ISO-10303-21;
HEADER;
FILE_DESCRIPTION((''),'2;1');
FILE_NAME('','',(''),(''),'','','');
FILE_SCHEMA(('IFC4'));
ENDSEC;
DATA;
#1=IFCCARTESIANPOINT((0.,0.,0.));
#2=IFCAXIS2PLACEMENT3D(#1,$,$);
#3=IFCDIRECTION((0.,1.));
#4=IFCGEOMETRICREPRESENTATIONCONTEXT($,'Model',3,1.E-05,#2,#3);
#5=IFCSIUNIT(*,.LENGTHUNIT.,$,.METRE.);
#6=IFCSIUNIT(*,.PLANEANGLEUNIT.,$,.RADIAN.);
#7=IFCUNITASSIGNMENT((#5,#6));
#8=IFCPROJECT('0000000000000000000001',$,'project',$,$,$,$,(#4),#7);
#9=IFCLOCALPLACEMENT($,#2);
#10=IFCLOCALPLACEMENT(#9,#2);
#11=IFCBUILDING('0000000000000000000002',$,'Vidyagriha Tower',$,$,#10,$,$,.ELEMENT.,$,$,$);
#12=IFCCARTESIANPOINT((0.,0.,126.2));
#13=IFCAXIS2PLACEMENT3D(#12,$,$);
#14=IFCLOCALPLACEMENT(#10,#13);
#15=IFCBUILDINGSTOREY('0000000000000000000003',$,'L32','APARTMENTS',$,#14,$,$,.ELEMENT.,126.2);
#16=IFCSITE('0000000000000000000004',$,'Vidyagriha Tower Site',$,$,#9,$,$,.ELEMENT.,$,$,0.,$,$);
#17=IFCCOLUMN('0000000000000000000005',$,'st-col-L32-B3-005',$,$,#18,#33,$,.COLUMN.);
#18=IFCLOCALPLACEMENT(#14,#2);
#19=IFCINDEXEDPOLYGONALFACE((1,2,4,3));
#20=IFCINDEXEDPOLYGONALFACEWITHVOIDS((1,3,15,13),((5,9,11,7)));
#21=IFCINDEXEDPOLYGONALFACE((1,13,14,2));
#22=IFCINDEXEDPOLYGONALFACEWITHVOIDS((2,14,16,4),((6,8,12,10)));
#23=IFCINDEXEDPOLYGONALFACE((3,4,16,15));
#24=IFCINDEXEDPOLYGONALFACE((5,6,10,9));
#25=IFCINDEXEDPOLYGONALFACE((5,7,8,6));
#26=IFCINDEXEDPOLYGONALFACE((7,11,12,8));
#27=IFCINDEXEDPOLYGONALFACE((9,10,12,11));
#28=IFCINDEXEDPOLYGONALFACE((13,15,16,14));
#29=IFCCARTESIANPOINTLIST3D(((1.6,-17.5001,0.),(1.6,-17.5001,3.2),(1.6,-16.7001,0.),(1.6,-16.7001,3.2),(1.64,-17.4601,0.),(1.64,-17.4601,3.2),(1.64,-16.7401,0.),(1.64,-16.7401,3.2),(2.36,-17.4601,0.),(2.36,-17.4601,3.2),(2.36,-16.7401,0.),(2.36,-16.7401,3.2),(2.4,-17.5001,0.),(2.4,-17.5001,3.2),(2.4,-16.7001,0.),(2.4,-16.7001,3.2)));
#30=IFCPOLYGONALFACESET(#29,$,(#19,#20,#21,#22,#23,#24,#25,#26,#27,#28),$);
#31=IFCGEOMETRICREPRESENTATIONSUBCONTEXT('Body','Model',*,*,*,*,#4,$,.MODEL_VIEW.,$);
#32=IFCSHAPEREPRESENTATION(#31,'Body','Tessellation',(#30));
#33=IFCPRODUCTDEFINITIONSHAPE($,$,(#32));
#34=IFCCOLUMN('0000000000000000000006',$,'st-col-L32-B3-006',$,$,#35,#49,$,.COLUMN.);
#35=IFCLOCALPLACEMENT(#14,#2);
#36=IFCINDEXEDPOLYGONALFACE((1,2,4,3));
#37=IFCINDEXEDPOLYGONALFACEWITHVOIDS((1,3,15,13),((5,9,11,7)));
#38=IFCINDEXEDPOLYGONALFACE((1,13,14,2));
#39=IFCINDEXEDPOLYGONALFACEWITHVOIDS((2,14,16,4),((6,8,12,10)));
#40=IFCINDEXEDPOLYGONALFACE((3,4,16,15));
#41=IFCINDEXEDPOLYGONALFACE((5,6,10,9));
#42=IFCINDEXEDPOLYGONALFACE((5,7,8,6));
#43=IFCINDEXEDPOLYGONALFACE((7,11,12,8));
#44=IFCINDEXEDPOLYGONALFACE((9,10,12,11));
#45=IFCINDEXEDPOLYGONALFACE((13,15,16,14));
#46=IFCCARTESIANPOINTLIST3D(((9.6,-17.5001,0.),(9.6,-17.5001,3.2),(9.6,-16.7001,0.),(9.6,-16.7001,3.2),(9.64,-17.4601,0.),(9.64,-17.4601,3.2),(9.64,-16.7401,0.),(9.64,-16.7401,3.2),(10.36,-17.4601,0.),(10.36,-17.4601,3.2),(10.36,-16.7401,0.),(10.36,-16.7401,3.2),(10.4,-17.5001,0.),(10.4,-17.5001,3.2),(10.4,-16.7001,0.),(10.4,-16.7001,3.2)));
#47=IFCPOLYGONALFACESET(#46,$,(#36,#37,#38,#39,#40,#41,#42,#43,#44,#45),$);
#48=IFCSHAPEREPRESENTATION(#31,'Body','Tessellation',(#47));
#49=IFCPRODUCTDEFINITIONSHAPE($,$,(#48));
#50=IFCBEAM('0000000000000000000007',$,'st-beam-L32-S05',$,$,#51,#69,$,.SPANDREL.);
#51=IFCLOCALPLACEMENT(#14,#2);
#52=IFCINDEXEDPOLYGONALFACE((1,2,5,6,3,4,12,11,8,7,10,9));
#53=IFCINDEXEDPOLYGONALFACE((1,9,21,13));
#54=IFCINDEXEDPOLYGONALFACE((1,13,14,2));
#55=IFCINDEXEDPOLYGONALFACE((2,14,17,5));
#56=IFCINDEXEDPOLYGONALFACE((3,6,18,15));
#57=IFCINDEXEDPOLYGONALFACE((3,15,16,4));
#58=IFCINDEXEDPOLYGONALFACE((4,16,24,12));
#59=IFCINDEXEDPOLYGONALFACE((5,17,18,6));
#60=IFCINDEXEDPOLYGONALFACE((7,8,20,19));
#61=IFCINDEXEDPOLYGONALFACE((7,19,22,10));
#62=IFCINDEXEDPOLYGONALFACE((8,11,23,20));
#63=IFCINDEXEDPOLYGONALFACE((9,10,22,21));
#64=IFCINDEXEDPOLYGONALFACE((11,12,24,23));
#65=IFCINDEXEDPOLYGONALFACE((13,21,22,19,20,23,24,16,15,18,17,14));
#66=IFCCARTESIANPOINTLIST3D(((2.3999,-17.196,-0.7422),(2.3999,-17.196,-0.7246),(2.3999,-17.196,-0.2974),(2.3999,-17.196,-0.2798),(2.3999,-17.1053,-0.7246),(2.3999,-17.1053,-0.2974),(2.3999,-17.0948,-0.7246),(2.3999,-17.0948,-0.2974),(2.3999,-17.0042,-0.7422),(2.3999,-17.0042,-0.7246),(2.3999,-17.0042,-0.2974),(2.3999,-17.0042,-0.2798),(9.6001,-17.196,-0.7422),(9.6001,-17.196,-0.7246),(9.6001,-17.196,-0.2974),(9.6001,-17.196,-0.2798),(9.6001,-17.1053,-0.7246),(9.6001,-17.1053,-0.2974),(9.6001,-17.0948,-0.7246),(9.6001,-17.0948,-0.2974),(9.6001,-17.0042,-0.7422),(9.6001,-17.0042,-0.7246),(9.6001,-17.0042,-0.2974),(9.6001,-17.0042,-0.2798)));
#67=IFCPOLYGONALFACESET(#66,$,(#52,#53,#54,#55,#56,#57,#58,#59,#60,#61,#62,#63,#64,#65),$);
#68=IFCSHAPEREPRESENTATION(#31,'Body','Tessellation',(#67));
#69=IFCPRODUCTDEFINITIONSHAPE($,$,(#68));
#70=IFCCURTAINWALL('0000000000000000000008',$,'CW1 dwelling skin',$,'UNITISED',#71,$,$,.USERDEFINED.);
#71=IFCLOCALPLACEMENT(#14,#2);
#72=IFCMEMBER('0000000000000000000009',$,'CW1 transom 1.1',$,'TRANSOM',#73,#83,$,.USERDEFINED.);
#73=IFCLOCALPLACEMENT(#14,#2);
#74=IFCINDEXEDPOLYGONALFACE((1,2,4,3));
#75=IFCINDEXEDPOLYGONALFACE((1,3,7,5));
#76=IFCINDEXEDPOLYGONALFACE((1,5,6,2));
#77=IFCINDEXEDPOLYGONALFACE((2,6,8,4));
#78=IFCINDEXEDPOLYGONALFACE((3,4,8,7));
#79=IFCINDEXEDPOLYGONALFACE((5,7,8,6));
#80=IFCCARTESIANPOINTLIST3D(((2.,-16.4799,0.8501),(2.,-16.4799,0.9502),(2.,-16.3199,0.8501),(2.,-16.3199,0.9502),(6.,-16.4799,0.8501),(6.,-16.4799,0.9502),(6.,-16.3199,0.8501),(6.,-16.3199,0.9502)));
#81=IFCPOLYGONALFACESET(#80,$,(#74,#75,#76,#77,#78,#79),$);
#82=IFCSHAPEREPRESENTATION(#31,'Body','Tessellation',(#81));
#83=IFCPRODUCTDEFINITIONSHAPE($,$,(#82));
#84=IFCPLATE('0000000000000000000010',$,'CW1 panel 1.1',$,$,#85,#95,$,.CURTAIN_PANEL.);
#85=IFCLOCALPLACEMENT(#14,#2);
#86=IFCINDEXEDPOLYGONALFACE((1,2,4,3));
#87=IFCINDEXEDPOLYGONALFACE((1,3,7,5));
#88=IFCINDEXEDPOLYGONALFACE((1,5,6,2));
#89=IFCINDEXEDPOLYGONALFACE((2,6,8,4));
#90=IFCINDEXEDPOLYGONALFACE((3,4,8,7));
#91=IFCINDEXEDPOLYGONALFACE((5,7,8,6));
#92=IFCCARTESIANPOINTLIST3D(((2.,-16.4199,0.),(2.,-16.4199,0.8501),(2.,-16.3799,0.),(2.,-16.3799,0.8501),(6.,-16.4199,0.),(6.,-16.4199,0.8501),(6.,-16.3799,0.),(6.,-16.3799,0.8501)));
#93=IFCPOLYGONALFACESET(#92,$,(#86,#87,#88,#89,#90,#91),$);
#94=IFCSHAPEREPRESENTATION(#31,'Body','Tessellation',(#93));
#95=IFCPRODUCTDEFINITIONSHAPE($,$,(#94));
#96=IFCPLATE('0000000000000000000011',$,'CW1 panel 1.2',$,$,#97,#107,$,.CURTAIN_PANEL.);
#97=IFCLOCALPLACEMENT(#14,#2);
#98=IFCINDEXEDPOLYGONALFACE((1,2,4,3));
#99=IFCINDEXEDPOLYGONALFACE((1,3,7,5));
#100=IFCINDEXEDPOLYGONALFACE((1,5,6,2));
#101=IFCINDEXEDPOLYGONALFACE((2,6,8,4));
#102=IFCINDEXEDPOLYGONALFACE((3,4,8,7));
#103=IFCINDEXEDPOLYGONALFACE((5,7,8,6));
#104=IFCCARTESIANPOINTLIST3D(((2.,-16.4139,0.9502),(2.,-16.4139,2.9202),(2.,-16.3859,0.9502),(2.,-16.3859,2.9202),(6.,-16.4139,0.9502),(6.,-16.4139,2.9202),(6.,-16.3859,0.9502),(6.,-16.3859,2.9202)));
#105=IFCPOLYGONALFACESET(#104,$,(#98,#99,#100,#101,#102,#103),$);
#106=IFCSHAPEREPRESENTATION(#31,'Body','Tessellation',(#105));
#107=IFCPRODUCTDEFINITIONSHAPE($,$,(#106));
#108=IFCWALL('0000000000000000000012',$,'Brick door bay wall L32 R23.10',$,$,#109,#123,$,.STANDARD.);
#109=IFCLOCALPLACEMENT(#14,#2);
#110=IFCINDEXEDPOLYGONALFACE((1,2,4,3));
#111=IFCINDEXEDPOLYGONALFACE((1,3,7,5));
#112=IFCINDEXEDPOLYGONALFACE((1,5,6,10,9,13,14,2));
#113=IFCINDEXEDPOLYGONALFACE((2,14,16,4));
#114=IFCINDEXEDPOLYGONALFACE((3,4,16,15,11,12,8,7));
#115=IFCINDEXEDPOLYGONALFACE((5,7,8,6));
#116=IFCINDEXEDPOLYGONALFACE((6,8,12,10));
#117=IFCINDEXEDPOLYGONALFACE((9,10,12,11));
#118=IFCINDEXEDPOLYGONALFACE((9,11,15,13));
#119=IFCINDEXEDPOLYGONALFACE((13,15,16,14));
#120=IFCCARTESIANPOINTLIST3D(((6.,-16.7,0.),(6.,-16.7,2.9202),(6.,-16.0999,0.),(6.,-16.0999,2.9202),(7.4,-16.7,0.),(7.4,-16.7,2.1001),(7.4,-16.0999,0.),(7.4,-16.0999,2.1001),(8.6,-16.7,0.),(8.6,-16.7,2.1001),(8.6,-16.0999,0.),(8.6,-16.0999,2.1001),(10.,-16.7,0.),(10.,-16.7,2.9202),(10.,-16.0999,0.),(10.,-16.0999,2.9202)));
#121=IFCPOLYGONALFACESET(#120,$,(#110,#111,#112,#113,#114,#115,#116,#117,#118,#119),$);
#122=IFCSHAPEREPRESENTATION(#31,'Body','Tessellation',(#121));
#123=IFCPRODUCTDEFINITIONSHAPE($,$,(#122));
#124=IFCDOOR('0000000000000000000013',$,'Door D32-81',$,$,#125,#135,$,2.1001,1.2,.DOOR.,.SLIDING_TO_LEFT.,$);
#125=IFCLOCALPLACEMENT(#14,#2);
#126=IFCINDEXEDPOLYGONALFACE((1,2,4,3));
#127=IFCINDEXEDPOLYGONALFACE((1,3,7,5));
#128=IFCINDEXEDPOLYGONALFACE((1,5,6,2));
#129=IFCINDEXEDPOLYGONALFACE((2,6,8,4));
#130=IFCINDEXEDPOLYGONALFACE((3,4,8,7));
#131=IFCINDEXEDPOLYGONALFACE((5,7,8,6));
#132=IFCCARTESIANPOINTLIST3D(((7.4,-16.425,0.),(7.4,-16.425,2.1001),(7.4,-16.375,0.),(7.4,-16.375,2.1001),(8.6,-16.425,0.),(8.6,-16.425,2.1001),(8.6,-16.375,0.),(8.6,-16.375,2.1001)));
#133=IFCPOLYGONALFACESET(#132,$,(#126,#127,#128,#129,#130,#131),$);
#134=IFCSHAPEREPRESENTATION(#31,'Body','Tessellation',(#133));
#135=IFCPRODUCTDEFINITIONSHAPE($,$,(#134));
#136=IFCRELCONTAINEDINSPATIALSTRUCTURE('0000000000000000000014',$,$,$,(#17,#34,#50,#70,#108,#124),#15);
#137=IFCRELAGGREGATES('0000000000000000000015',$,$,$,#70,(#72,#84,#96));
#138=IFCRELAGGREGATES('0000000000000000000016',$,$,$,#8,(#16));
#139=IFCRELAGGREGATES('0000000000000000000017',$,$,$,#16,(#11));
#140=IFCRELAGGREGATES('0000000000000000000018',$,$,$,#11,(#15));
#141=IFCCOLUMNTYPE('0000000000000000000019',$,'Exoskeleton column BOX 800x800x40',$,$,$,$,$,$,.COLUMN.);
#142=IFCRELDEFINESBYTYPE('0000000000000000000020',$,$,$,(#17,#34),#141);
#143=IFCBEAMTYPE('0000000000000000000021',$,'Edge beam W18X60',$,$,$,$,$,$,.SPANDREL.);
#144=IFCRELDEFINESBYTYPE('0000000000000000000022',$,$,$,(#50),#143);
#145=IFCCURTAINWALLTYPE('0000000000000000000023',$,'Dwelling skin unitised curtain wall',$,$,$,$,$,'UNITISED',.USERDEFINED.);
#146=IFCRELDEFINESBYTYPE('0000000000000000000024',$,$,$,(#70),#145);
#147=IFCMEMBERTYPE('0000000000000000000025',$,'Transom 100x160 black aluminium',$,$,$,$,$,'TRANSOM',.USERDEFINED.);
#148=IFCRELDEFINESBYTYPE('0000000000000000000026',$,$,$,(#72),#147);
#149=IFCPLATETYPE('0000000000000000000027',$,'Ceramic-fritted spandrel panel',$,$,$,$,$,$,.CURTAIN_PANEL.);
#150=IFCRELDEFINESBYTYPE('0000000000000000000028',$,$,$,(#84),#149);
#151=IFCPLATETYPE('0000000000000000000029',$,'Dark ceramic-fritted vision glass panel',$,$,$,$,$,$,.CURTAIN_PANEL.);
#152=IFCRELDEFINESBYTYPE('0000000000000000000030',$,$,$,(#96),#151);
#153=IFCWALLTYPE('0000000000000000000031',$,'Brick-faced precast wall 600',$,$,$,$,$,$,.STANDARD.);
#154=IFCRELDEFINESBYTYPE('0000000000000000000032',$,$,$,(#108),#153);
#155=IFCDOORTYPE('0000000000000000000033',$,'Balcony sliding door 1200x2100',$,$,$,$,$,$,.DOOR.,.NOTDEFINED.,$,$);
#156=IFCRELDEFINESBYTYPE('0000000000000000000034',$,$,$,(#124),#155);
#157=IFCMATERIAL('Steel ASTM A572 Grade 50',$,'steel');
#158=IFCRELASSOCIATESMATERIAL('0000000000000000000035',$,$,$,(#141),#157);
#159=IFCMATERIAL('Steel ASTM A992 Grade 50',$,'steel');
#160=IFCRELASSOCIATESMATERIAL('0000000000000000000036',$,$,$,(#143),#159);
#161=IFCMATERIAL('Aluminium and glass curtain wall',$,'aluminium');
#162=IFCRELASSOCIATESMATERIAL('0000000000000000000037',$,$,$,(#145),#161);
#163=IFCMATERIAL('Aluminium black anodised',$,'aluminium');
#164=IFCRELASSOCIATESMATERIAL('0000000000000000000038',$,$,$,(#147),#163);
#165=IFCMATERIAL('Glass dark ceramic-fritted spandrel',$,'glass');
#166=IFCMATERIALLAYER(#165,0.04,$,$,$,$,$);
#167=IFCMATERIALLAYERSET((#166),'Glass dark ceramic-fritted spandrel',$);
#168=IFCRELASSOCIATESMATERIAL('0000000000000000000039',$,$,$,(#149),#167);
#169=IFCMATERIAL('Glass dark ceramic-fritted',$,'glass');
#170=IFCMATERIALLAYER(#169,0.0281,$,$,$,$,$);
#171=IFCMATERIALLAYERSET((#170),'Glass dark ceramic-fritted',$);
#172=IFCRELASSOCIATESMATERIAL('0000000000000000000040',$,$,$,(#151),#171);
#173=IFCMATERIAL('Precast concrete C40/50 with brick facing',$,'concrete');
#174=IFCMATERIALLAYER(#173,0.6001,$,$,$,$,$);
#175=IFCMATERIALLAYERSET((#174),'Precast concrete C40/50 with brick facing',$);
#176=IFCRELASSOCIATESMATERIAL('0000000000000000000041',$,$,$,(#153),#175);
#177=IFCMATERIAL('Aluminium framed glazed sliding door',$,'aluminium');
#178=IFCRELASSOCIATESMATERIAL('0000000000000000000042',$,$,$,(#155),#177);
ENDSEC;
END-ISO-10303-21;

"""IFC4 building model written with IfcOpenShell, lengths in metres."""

from ifc_helpers import new_model, si_unit, direction, frame, frame_2d, origin, origin_2d, place, context, subcontext, project, spatial, rectangle, hollow_rectangle, i_section, extrude, material, layer, layer_set, material_profile, profile_set, type_object, element, fill, aggregate, save


model = new_model("IFC4")

# Units and contexts
model_context = context("Model", 3, precision=1e-05, world=origin(), true_north=direction((0.0, 1.0)))
body_context = subcontext(model_context, "Body", "Model", "MODEL_VIEW")
ifc_project = project(units=[si_unit("LENGTHUNIT", "METRE"), si_unit("PLANEANGLEUNIT", "RADIAN")], contexts=[model_context])

# Site, building, storey
site_placement = place(None, origin())
site = spatial("IfcSite", under=ifc_project, at=site_placement, Name="Vidyagriha Tower Site", CompositionType="ELEMENT", RefElevation=0.0)
building_placement = place(site_placement, origin())
building = spatial("IfcBuilding", under=site, at=building_placement, Name="Vidyagriha Tower", CompositionType="ELEMENT")
storey_placement = place(building_placement, frame((0.0, 0.0, 126.2)))
storey = spatial("IfcBuildingStorey", under=building, at=storey_placement, Name="L32", Description="APARTMENTS", CompositionType="ELEMENT", Elevation=126.2)

# Columns
ifc_material_1 = material(Name="Steel ASTM A572 Grade 50", Category="steel")
ifc_material_profile_1 = material_profile(ifc_material_1, hollow_rectangle(XDim=0.8, YDim=0.8, WallThickness=0.04, at=origin_2d()), Name="BOX 800x800x40")
ifc_profile_set_1 = profile_set([ifc_material_profile_1], Name="Steel ASTM A572 Grade 50")
column_type = type_object("IfcColumnType", Name="Exoskeleton column BOX 800x800x40", PredefinedType="COLUMN", material=ifc_profile_set_1)
for number, where, name in (
    (1, (2.0, -17.1001, 0.0), "st-col-L32-B3-005"),
    (2, (10.0, -17.1001, 0.0), "st-col-L32-B3-006"),
):
    element("IfcColumn", number, at=place(storey_placement, frame(where)), inside=storey, type_object=column_type, Name=name, PredefinedType="COLUMN", context=body_context, shape_type="SweptSolid", body=[
        extrude(hollow_rectangle(XDim=0.8, YDim=0.8, WallThickness=0.04, at=origin_2d()), origin(), (0.0, 0.0, 1.0), 3.2),
    ])

# Beam
ifc_material_2 = material(Name="Steel ASTM A992 Grade 50", Category="steel")
ifc_material_profile_2 = material_profile(ifc_material_2, i_section(OverallWidth=0.1919, OverallDepth=0.4624, WebThickness=0.0105, FlangeThickness=0.0176, at=origin_2d()), Name="W18X60")
ifc_profile_set_2 = profile_set([ifc_material_profile_2], Name="Steel ASTM A992 Grade 50")
beam_type = type_object("IfcBeamType", Name="Edge beam W18X60", PredefinedType="SPANDREL", material=ifc_profile_set_2)
beam_placement = place(storey_placement, frame((2.3999, -17.1001, -0.511), z_axis=(1.0, 0.0, 0.0), x_axis=(0.0, 1.0, 0.0)))
element("IfcBeam", 3, at=beam_placement, inside=storey, type_object=beam_type, Name="st-beam-L32-S05", PredefinedType="SPANDREL", context=body_context, shape_type="SweptSolid", body=[
    extrude(i_section(OverallWidth=0.1919, OverallDepth=0.4624, WebThickness=0.0105, FlangeThickness=0.0176, at=origin_2d()), origin(), (0.0, 0.0, 1.0), 7.2002),
])

# Curtain wall, member, plates
ifc_material_3 = material(Name="Aluminium and glass curtain wall", Category="aluminium")
curtain_wall_type = type_object("IfcCurtainWallType", Name="Dwelling skin unitised curtain wall", ElementType="UNITISED", PredefinedType="USERDEFINED", material=ifc_material_3)
curtain_wall_placement = place(storey_placement, origin())
curtain_wall = element("IfcCurtainWall", 4, at=curtain_wall_placement, inside=storey, type_object=curtain_wall_type, Name="CW1 dwelling skin", ObjectType="UNITISED", PredefinedType="USERDEFINED")
ifc_material_4 = material(Name="Aluminium black anodised", Category="aluminium")
ifc_material_profile_3 = material_profile(ifc_material_4, rectangle(XDim=0.1599, YDim=0.1001, at=origin_2d()), Name="Transom 100x160 black aluminium")
ifc_profile_set_3 = profile_set([ifc_material_profile_3], Name="Aluminium black anodised")
member_type = type_object("IfcMemberType", Name="Transom 100x160 black aluminium", ElementType="TRANSOM", PredefinedType="USERDEFINED", material=ifc_profile_set_3)
member_placement = place(storey_placement, frame((2.0, -16.3999, 0.9001), z_axis=(1.0, 0.0, 0.0), x_axis=(0.0, 1.0, 0.0)))
member = element("IfcMember", 5, at=member_placement, type_object=member_type, Name="CW1 transom 1.1", ObjectType="TRANSOM", PredefinedType="USERDEFINED", context=body_context, shape_type="SweptSolid", body=[
    extrude(rectangle(XDim=0.1599, YDim=0.1001, at=origin_2d()), origin(), (0.0, 0.0, 1.0), 4.0),
])
ifc_material_5 = material(Name="Glass dark ceramic-fritted spandrel", Category="glass")
ifc_layer_1 = layer(ifc_material_5, 0.04)
ifc_layer_set_1 = layer_set([ifc_layer_1], Name="Glass dark ceramic-fritted spandrel")
plate_type_1 = type_object("IfcPlateType", Name="Ceramic-fritted spandrel panel", PredefinedType="CURTAIN_PANEL", material=ifc_layer_set_1)
plate_1_placement = place(storey_placement, frame((4.0, -16.3999, 0.0)))
plate_1 = element("IfcPlate", 6, at=plate_1_placement, type_object=plate_type_1, Name="CW1 panel 1.1", PredefinedType="CURTAIN_PANEL", context=body_context, shape_type="SweptSolid", body=[
    extrude(rectangle(XDim=4.0, YDim=0.04, at=origin_2d()), origin(), (0.0, 0.0, 1.0), 0.8501),
])
ifc_material_6 = material(Name="Glass dark ceramic-fritted", Category="glass")
ifc_layer_2 = layer(ifc_material_6, 0.0281)
ifc_layer_set_2 = layer_set([ifc_layer_2], Name="Glass dark ceramic-fritted")
plate_type_2 = type_object("IfcPlateType", Name="Dark ceramic-fritted vision glass panel", PredefinedType="CURTAIN_PANEL", material=ifc_layer_set_2)
plate_2_placement = place(storey_placement, frame((4.0, -16.3999, 0.9502)))
plate_2 = element("IfcPlate", 7, at=plate_2_placement, type_object=plate_type_2, Name="CW1 panel 1.2", PredefinedType="CURTAIN_PANEL", context=body_context, shape_type="SweptSolid", body=[
    extrude(rectangle(XDim=4.0, YDim=0.0281, at=origin_2d()), origin(), (0.0, 0.0, 1.0), 1.97),
])
aggregate(curtain_wall, [member, plate_1, plate_2])

# Wall, opening, door
ifc_material_7 = material(Name="Precast concrete C40/50 with brick facing", Category="concrete")
ifc_layer_3 = layer(ifc_material_7, 0.6001)
ifc_layer_set_3 = layer_set([ifc_layer_3], Name="Precast concrete C40/50 with brick facing")
wall_type = type_object("IfcWallType", Name="Brick-faced precast wall 600", PredefinedType="STANDARD", material=ifc_layer_set_3)
wall_placement = place(storey_placement, frame((6.0, -16.3999, 0.0)))
wall = element("IfcWall", 8, at=wall_placement, inside=storey, type_object=wall_type, Name="Brick door bay wall L32 R23.10", PredefinedType="STANDARD", context=body_context, shape_type="SweptSolid", body=[
    extrude(rectangle(XDim=4.0, YDim=0.6001, at=frame_2d((2.0, 0.0))), origin(), (0.0, 0.0, 1.0), 2.9202),
])
opening_placement = place(wall_placement, frame((1.3999, 0.0, 0.0)))
opening = element("IfcOpeningElement", 9, at=opening_placement, cuts=wall, PredefinedType="OPENING", context=body_context, shape_type="SweptSolid", body=[
    extrude(rectangle(XDim=1.2, YDim=2.1001, at=frame_2d((0.6001, 1.05))), frame((0.0, 0.3101, 0.0), z_axis=(0.0, -1.0, 0.0), x_axis=(1.0, 0.0, 0.0)), (0.0, 0.0, 1.0), 0.6201),
])
ifc_material_8 = material(Name="Aluminium framed glazed sliding door", Category="aluminium")
door_type = type_object("IfcDoorType", Name="Balcony sliding door 1200x2100", OperationType="NOTDEFINED", PredefinedType="DOOR", material=ifc_material_8)
door_placement = place(opening_placement, origin())
door = element("IfcDoor", 10, at=door_placement, inside=storey, type_object=door_type, Name="Door D32-81", OperationType="SLIDING_TO_LEFT", OverallHeight=2.1001, OverallWidth=1.2, PredefinedType="DOOR", context=body_context, shape_type="SweptSolid", body=[
    extrude(rectangle(XDim=1.2, YDim=2.1001, at=frame_2d((0.6001, 1.05))), frame((0.0, 0.0249, 0.0), z_axis=(0.0, -1.0, 0.0), x_axis=(1.0, 0.0, 0.0)), (0.0, 0.0, 1.0), 0.05),
])
fill(opening, door)

save(model, "model.ifc")
